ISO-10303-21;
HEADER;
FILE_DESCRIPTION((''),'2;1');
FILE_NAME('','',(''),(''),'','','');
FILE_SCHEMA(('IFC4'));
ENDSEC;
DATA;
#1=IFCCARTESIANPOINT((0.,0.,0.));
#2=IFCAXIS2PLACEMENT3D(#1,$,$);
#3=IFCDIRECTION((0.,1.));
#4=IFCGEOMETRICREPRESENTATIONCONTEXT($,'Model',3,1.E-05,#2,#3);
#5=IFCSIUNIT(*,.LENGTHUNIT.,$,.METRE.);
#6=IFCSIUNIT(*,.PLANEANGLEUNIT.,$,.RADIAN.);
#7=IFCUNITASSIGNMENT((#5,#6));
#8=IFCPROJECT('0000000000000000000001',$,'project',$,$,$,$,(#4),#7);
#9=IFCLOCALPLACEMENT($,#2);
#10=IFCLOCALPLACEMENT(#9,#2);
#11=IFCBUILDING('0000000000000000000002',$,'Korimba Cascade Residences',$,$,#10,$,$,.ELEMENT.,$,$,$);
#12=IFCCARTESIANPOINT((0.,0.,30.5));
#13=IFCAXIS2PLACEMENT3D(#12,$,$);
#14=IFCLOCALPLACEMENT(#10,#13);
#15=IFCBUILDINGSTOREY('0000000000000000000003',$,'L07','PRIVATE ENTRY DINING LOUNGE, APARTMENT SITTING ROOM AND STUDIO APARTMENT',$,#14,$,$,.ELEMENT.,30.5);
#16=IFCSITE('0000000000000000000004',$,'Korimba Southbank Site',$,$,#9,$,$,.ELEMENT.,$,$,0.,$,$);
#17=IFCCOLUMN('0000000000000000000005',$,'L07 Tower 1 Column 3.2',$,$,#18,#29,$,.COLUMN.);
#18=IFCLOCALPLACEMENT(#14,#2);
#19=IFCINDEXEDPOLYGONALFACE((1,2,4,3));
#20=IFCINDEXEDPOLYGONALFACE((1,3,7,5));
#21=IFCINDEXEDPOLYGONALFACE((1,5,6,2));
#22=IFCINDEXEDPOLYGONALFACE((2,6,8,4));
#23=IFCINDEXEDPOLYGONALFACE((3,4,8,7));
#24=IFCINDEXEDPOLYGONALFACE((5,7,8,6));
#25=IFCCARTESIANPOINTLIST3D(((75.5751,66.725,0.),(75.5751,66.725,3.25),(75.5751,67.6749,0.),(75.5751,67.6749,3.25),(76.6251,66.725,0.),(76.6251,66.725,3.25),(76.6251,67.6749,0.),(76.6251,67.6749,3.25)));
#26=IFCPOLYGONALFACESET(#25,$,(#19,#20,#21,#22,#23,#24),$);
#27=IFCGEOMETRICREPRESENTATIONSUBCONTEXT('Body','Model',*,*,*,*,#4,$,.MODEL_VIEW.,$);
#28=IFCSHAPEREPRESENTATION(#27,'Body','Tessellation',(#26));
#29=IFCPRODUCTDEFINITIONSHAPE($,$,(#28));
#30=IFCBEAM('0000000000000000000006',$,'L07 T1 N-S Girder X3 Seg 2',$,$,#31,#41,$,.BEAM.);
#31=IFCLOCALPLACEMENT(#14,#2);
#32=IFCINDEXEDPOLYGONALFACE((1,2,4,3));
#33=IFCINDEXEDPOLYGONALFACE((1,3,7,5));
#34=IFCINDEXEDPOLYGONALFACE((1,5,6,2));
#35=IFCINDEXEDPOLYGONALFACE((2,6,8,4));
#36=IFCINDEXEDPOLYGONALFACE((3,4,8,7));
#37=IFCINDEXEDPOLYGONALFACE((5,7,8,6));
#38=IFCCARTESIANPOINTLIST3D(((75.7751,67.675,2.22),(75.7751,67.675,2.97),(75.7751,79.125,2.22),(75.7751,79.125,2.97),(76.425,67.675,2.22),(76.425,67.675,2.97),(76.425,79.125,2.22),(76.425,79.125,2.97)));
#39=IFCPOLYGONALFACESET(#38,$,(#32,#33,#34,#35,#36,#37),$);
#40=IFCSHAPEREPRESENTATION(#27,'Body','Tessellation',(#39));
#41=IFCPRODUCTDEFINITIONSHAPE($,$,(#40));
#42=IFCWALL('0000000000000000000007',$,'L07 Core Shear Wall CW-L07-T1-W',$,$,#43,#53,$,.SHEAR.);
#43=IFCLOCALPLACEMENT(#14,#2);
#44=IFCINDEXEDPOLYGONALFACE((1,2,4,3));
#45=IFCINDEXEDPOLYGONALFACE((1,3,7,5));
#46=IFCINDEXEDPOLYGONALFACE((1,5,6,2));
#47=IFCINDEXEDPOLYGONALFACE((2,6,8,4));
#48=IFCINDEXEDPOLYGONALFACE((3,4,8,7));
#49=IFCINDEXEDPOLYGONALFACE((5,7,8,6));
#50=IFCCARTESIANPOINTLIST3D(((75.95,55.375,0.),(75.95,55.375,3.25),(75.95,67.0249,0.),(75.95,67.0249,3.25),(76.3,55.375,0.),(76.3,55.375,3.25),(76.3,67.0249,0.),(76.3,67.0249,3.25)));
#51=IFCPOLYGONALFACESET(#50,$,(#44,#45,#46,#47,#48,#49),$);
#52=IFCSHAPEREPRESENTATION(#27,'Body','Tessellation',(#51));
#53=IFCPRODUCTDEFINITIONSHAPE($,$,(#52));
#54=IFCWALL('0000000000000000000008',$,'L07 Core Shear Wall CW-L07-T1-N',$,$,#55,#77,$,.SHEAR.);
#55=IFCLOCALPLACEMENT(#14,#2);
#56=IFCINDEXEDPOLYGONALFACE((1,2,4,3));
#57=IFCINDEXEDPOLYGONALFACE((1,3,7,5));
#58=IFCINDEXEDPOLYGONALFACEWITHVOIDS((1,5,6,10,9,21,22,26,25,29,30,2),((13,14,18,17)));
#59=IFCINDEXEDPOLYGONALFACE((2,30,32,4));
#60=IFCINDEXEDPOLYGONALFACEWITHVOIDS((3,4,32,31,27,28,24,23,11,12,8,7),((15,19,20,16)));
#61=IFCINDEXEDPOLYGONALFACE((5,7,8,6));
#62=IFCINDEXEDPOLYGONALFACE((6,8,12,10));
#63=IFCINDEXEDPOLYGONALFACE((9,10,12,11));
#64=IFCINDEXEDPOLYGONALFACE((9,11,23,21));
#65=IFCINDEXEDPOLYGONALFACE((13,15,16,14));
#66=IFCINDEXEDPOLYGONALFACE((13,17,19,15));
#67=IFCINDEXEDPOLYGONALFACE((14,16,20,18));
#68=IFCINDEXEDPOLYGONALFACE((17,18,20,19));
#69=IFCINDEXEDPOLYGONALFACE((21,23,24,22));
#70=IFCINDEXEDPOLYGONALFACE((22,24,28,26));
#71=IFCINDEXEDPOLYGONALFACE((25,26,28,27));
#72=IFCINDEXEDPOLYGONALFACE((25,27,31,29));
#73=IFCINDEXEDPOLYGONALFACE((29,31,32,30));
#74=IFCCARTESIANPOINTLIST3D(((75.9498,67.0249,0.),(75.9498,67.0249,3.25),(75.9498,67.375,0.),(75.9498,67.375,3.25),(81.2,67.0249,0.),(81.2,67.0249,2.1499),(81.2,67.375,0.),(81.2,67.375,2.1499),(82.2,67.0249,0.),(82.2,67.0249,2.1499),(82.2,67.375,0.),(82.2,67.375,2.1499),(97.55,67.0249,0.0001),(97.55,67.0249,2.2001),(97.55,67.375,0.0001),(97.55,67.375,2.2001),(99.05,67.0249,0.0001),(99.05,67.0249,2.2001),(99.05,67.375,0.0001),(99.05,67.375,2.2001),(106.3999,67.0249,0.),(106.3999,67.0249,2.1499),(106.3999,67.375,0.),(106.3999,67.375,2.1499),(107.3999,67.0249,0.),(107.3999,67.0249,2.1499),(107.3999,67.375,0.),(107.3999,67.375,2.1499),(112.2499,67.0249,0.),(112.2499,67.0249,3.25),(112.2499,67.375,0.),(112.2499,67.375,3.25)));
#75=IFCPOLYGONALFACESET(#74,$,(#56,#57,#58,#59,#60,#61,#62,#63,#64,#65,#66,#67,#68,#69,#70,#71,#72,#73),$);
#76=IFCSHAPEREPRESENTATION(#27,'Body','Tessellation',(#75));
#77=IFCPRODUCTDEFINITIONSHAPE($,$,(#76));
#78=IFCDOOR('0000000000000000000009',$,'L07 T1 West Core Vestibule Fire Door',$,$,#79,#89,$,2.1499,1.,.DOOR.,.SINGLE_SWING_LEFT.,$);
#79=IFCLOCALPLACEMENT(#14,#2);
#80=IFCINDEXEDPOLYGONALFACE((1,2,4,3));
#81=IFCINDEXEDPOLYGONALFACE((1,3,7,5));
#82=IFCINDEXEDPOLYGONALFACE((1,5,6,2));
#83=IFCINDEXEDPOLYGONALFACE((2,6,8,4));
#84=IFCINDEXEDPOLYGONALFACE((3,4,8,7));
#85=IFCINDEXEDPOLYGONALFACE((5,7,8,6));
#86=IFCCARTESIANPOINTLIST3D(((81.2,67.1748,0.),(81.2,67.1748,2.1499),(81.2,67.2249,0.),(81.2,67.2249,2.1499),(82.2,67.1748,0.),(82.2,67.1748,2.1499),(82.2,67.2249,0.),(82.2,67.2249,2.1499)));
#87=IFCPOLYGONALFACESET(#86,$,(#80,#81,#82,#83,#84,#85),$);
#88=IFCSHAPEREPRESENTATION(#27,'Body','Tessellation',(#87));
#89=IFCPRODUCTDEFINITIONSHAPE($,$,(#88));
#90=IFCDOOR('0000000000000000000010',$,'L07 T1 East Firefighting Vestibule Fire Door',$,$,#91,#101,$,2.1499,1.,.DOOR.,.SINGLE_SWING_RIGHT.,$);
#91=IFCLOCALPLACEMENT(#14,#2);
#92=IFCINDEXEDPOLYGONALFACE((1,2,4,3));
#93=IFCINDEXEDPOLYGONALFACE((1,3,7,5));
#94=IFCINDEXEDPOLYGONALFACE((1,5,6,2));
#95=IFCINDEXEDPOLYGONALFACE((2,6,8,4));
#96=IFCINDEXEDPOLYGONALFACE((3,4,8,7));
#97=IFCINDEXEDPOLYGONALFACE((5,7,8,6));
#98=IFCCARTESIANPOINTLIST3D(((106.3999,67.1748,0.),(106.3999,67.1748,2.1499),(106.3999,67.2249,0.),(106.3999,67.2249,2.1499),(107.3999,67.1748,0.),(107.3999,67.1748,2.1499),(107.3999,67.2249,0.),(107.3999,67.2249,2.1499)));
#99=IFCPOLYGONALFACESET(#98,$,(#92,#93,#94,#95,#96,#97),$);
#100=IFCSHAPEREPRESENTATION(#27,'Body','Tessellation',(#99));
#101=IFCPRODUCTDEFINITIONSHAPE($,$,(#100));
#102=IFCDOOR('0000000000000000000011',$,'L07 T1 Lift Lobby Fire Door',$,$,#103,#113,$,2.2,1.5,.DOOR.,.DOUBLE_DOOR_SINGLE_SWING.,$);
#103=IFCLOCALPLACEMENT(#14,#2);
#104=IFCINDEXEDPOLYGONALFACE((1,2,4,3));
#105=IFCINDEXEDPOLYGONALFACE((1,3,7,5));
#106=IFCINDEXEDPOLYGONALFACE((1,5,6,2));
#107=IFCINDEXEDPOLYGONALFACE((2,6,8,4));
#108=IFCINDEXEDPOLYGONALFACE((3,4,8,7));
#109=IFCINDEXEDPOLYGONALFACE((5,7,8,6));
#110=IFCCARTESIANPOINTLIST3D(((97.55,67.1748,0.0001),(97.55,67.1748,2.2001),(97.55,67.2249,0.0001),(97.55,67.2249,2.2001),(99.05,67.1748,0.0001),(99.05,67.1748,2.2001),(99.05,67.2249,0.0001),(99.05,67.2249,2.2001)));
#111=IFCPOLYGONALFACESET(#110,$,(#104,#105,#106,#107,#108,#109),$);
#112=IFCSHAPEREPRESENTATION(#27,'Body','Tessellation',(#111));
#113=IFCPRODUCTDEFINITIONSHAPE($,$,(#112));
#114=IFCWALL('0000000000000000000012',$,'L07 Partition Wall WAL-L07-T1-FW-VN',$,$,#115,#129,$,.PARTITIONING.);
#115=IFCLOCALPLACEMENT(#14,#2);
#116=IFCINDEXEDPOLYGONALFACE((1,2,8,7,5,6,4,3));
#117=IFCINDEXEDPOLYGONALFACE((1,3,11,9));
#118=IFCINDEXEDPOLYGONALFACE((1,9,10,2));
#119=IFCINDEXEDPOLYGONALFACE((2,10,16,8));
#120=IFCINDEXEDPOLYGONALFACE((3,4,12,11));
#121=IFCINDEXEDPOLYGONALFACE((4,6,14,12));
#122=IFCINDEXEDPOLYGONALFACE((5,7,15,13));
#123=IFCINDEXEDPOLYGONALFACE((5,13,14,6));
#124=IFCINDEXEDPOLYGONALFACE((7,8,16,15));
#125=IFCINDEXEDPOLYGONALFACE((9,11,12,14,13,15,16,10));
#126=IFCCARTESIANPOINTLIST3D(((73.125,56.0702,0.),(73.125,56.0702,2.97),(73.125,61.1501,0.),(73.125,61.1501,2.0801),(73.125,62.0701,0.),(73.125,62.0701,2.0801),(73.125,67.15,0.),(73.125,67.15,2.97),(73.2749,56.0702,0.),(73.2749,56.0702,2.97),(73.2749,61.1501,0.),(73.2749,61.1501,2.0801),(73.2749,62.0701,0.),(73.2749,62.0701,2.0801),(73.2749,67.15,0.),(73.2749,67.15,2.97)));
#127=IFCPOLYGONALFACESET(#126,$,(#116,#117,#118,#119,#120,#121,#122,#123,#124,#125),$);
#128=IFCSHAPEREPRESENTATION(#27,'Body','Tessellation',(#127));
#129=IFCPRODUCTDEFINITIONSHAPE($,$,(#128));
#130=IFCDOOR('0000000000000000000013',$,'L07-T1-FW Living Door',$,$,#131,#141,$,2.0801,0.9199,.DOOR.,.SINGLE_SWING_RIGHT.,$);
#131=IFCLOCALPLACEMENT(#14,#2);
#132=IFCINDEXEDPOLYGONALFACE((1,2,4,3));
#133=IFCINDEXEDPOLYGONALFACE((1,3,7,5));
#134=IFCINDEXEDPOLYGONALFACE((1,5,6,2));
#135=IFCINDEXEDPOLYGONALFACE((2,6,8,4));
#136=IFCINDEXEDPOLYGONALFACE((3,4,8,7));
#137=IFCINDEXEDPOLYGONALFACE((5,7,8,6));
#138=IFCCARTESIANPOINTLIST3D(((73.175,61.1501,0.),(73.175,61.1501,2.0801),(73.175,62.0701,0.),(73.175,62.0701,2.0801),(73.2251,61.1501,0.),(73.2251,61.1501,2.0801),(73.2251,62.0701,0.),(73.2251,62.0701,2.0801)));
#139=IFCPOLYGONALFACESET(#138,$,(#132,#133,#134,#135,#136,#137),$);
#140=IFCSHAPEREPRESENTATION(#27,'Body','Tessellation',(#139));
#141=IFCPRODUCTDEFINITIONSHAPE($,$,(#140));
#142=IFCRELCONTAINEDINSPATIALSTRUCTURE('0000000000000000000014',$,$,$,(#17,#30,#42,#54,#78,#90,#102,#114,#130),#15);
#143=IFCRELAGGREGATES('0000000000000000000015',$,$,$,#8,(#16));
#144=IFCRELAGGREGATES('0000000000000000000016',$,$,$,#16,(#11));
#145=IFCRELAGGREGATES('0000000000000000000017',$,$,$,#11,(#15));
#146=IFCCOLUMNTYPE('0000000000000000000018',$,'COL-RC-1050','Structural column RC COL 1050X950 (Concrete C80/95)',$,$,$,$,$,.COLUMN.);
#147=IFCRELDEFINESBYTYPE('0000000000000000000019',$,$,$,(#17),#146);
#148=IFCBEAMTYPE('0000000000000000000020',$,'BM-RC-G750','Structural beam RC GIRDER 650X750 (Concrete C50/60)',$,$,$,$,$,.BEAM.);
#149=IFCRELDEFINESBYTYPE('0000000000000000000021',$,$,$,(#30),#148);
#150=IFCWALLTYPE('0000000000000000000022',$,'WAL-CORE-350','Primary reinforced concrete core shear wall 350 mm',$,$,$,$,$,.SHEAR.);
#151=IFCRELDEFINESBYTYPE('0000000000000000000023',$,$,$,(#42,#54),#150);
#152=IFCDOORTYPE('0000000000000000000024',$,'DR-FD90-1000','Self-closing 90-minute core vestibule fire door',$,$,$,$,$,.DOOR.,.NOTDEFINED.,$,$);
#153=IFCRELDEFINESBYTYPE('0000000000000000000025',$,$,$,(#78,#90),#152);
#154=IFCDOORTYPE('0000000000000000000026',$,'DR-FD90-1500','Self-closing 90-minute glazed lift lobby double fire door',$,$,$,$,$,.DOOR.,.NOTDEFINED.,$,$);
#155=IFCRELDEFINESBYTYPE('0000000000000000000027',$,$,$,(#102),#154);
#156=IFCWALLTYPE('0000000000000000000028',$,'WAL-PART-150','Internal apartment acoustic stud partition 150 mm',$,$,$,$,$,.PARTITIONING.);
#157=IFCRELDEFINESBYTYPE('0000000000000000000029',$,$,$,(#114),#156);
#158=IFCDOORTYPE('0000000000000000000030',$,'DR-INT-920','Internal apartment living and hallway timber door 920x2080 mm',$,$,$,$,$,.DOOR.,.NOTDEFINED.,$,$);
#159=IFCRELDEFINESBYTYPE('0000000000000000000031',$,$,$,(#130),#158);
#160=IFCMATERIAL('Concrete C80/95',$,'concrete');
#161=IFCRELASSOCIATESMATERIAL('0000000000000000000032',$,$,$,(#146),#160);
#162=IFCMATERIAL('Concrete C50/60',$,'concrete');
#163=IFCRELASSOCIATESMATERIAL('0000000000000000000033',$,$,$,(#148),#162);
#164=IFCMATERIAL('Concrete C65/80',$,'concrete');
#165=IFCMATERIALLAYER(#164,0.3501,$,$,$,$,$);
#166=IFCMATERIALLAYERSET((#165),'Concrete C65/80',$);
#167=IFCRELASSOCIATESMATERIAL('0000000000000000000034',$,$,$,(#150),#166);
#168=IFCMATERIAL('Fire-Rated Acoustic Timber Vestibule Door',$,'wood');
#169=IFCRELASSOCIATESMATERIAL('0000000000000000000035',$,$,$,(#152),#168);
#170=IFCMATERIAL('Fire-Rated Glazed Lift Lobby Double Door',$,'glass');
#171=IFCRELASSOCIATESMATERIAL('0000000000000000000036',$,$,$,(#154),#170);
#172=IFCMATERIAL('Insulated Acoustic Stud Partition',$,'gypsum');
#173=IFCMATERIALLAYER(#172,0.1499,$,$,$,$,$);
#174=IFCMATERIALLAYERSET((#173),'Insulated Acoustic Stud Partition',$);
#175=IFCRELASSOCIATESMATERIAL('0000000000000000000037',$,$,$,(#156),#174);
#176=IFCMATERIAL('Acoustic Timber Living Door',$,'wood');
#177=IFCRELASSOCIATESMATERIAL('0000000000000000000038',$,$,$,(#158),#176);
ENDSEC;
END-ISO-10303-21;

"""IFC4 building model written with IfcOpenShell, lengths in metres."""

from ifc_helpers import new_model, si_unit, direction, frame, frame_2d, origin, origin_2d, place, context, subcontext, project, spatial, rectangle, extrude, material, layer, layer_set, material_profile, profile_set, type_object, element, fill, save


model = new_model("IFC4")

# Units and contexts
model_context = context("Model", 3, precision=1e-05, world=origin(), true_north=direction((0.0, 1.0)))
body_context = subcontext(model_context, "Body", "Model", "MODEL_VIEW")
ifc_project = project(units=[si_unit("LENGTHUNIT", "METRE"), si_unit("PLANEANGLEUNIT", "RADIAN")], contexts=[model_context])

# Site, building, storey
site_placement = place(None, origin())
site = spatial("IfcSite", under=ifc_project, at=site_placement, Name="Korimba Southbank Site", CompositionType="ELEMENT", RefElevation=0.0)
building_placement = place(site_placement, origin())
building = spatial("IfcBuilding", under=site, at=building_placement, Name="Korimba Cascade Residences", CompositionType="ELEMENT")
storey_placement = place(building_placement, frame((0.0, 0.0, 30.5)))
storey = spatial("IfcBuildingStorey", under=building, at=storey_placement, Name="L07", Description="PRIVATE ENTRY DINING LOUNGE, APARTMENT SITTING ROOM AND STUDIO APARTMENT", CompositionType="ELEMENT", Elevation=30.5)

# Column
ifc_material_1 = material(Name="Concrete C80/95", Category="concrete")
ifc_material_profile_1 = material_profile(ifc_material_1, rectangle(XDim=1.05, YDim=0.95, at=origin_2d()), Name="Concrete C80/95")
ifc_profile_set_1 = profile_set([ifc_material_profile_1], Name="Concrete C80/95")
column_type = type_object("IfcColumnType", Name="COL-RC-1050", Description="Structural column RC COL 1050X950 (Concrete C80/95)", PredefinedType="COLUMN", material=ifc_profile_set_1)
column_placement = place(storey_placement, frame((76.1001, 67.2, 0.0), z_axis=(0.0, 0.0, 1.0), x_axis=(1.0, 0.0, 0.0)))
element("IfcColumn", 1, at=column_placement, inside=storey, type_object=column_type, Name="L07 Tower 1 Column 3.2", PredefinedType="COLUMN", context=body_context, shape_type="SweptSolid", body=[
    extrude(rectangle(XDim=1.05, YDim=0.95, at=origin_2d()), origin(), (0.0, 0.0, 1.0), 3.25),
])

# Beam
ifc_material_2 = material(Name="Concrete C50/60", Category="concrete")
ifc_material_profile_2 = material_profile(ifc_material_2, rectangle(XDim=0.6499, YDim=0.75, at=origin_2d()), Name="Concrete C50/60")
ifc_profile_set_2 = profile_set([ifc_material_profile_2], Name="Concrete C50/60")
beam_type = type_object("IfcBeamType", Name="BM-RC-G750", Description="Structural beam RC GIRDER 650X750 (Concrete C50/60)", PredefinedType="BEAM", material=ifc_profile_set_2)
beam_placement = place(storey_placement, frame((76.1001, 67.675, 2.595), z_axis=(0.0, 1.0, 0.0), x_axis=(-1.0, 0.0, 0.0)))
element("IfcBeam", 2, at=beam_placement, inside=storey, type_object=beam_type, Name="L07 T1 N-S Girder X3 Seg 2", PredefinedType="BEAM", context=body_context, shape_type="SweptSolid", body=[
    extrude(rectangle(XDim=0.6499, YDim=0.75, at=origin_2d()), origin(), (0.0, 0.0, 1.0), 11.45),
])

# Wall
ifc_material_3 = material(Name="Concrete C65/80", Category="concrete")
ifc_layer_1 = layer(ifc_material_3, 0.3501)
ifc_layer_set_1 = layer_set([ifc_layer_1], Name="Concrete C65/80")
wall_type_1 = type_object("IfcWallType", Name="WAL-CORE-350", Description="Primary reinforced concrete core shear wall 350 mm", PredefinedType="SHEAR", material=ifc_layer_set_1)
wall_1_placement = place(storey_placement, frame((76.125, 55.375, 0.0), z_axis=(0.0, 0.0, 1.0), x_axis=(0.0, 1.0, 0.0)))
element("IfcWall", 3, at=wall_1_placement, inside=storey, type_object=wall_type_1, Name="L07 Core Shear Wall CW-L07-T1-W", PredefinedType="SHEAR", context=body_context, shape_type="SweptSolid", body=[
    extrude(rectangle(XDim=11.6499, YDim=0.3501, at=frame_2d((5.825, 0.0))), origin(), (0.0, 0.0, 1.0), 3.25),
])

# Wall, openings, doors
wall_2_placement = place(storey_placement, frame((75.95, 67.2, 0.0), z_axis=(0.0, 0.0, 1.0), x_axis=(1.0, 0.0, 0.0)))
wall_2 = element("IfcWall", 4, at=wall_2_placement, inside=storey, type_object=wall_type_1, Name="L07 Core Shear Wall CW-L07-T1-N", PredefinedType="SHEAR", context=body_context, shape_type="SweptSolid", body=[
    extrude(rectangle(XDim=36.3, YDim=0.3501, at=frame_2d((18.1499, 0.0))), origin(), (0.0, 0.0, 1.0), 3.25),
])
opening_1_placement = place(wall_2_placement, frame((5.25, 0.0, 0.0)))
opening_1 = element("IfcOpeningElement", 5, at=opening_1_placement, cuts=wall_2, PredefinedType="OPENING", context=body_context, shape_type="SweptSolid", body=[
    extrude(rectangle(XDim=1.0, YDim=2.1499, at=frame_2d((0.5, 1.075))), frame((0.0, 0.1851, 0.0), z_axis=(0.0, -1.0, 0.0), x_axis=(1.0, 0.0, 0.0)), (0.0, 0.0, 1.0), 0.3701),
])
opening_2_placement = place(wall_2_placement, frame((21.6001, 0.0, 0.0)))
opening_2 = element("IfcOpeningElement", 6, at=opening_2_placement, cuts=wall_2, PredefinedType="OPENING", context=body_context, shape_type="SweptSolid", body=[
    extrude(rectangle(XDim=1.5, YDim=2.2, at=frame_2d((0.75, 1.1001))), frame((0.0, 0.1851, 0.0), z_axis=(0.0, -1.0, 0.0), x_axis=(1.0, 0.0, 0.0)), (0.0, 0.0, 1.0), 0.3701),
])
opening_3_placement = place(wall_2_placement, frame((30.45, 0.0, 0.0)))
opening_3 = element("IfcOpeningElement", 7, at=opening_3_placement, cuts=wall_2, PredefinedType="OPENING", context=body_context, shape_type="SweptSolid", body=[
    extrude(rectangle(XDim=1.0, YDim=2.1499, at=frame_2d((0.5, 1.075))), frame((0.0, 0.1851, 0.0), z_axis=(0.0, -1.0, 0.0), x_axis=(1.0, 0.0, 0.0)), (0.0, 0.0, 1.0), 0.3701),
])
ifc_material_4 = material(Name="Fire-Rated Acoustic Timber Vestibule Door", Category="wood")
door_type_1 = type_object("IfcDoorType", Name="DR-FD90-1000", Description="Self-closing 90-minute core vestibule fire door", OperationType="NOTDEFINED", PredefinedType="DOOR", material=ifc_material_4)
door_1_placement = place(opening_1_placement, origin())
door_1 = element("IfcDoor", 8, at=door_1_placement, inside=storey, type_object=door_type_1, Name="L07 T1 West Core Vestibule Fire Door", OperationType="SINGLE_SWING_LEFT", OverallHeight=2.1499, OverallWidth=1.0, PredefinedType="DOOR", context=body_context, shape_type="SweptSolid", body=[
    extrude(rectangle(XDim=1.0, YDim=2.1499, at=frame_2d((0.5, 1.075))), frame((0.0, 0.0249, 0.0), z_axis=(0.0, -1.0, 0.0), x_axis=(1.0, 0.0, 0.0)), (0.0, 0.0, 1.0), 0.05),
])
fill(opening_1, door_1)
door_2_placement = place(opening_3_placement, origin())
door_2 = element("IfcDoor", 9, at=door_2_placement, inside=storey, type_object=door_type_1, Name="L07 T1 East Firefighting Vestibule Fire Door", OperationType="SINGLE_SWING_RIGHT", OverallHeight=2.1499, OverallWidth=1.0, PredefinedType="DOOR", context=body_context, shape_type="SweptSolid", body=[
    extrude(rectangle(XDim=1.0, YDim=2.1499, at=frame_2d((0.5, 1.075))), frame((0.0, 0.0249, 0.0), z_axis=(0.0, -1.0, 0.0), x_axis=(1.0, 0.0, 0.0)), (0.0, 0.0, 1.0), 0.05),
])
fill(opening_3, door_2)
ifc_material_5 = material(Name="Fire-Rated Glazed Lift Lobby Double Door", Category="glass")
door_type_2 = type_object("IfcDoorType", Name="DR-FD90-1500", Description="Self-closing 90-minute glazed lift lobby double fire door", OperationType="NOTDEFINED", PredefinedType="DOOR", material=ifc_material_5)
door_3_placement = place(opening_2_placement, origin())
door_3 = element("IfcDoor", 10, at=door_3_placement, inside=storey, type_object=door_type_2, Name="L07 T1 Lift Lobby Fire Door", OperationType="DOUBLE_DOOR_SINGLE_SWING", OverallHeight=2.2, OverallWidth=1.5, PredefinedType="DOOR", context=body_context, shape_type="SweptSolid", body=[
    extrude(rectangle(XDim=1.5, YDim=2.2, at=frame_2d((0.75, 1.1001))), frame((0.0, 0.0249, 0.0), z_axis=(0.0, -1.0, 0.0), x_axis=(1.0, 0.0, 0.0)), (0.0, 0.0, 1.0), 0.05),
])
fill(opening_2, door_3)

# Wall, opening, door
ifc_material_6 = material(Name="Insulated Acoustic Stud Partition", Category="gypsum")
ifc_layer_2 = layer(ifc_material_6, 0.1499)
ifc_layer_set_2 = layer_set([ifc_layer_2], Name="Insulated Acoustic Stud Partition")
wall_type_2 = type_object("IfcWallType", Name="WAL-PART-150", Description="Internal apartment acoustic stud partition 150 mm", PredefinedType="PARTITIONING", material=ifc_layer_set_2)
wall_3_placement = place(storey_placement, frame((73.2, 56.0701, 0.0), z_axis=(0.0, 0.0, 1.0), x_axis=(0.0, 1.0, 0.0)))
wall_3 = element("IfcWall", 11, at=wall_3_placement, inside=storey, type_object=wall_type_2, Name="L07 Partition Wall WAL-L07-T1-FW-VN", PredefinedType="PARTITIONING", context=body_context, shape_type="SweptSolid", body=[
    extrude(rectangle(XDim=11.0798, YDim=0.1499, at=frame_2d((5.54, 0.0))), origin(), (0.0, 0.0, 1.0), 2.97),
])
opening_4_placement = place(wall_3_placement, frame((5.0801, 0.0, 0.0)))
opening_4 = element("IfcOpeningElement", 12, at=opening_4_placement, cuts=wall_3, PredefinedType="OPENING", context=body_context, shape_type="SweptSolid", body=[
    extrude(rectangle(XDim=0.9199, YDim=2.0801, at=frame_2d((0.46, 1.04))), frame((0.0, 0.085, 0.0), z_axis=(0.0, -1.0, 0.0), x_axis=(1.0, 0.0, 0.0)), (0.0, 0.0, 1.0), 0.1699),
])
ifc_material_7 = material(Name="Acoustic Timber Living Door", Category="wood")
door_type_3 = type_object("IfcDoorType", Name="DR-INT-920", Description="Internal apartment living and hallway timber door 920x2080 mm", OperationType="NOTDEFINED", PredefinedType="DOOR", material=ifc_material_7)
door_4_placement = place(opening_4_placement, origin())
door_4 = element("IfcDoor", 13, at=door_4_placement, inside=storey, type_object=door_type_3, Name="L07-T1-FW Living Door", OperationType="SINGLE_SWING_RIGHT", OverallHeight=2.0801, OverallWidth=0.9199, PredefinedType="DOOR", context=body_context, shape_type="SweptSolid", body=[
    extrude(rectangle(XDim=0.9199, YDim=2.0801, at=frame_2d((0.46, 1.04))), frame((0.0, 0.0249, 0.0), z_axis=(0.0, -1.0, 0.0), x_axis=(1.0, 0.0, 0.0)), (0.0, 0.0, 1.0), 0.05),
])
fill(opening_4, door_4)

save(model, "model.ifc")
